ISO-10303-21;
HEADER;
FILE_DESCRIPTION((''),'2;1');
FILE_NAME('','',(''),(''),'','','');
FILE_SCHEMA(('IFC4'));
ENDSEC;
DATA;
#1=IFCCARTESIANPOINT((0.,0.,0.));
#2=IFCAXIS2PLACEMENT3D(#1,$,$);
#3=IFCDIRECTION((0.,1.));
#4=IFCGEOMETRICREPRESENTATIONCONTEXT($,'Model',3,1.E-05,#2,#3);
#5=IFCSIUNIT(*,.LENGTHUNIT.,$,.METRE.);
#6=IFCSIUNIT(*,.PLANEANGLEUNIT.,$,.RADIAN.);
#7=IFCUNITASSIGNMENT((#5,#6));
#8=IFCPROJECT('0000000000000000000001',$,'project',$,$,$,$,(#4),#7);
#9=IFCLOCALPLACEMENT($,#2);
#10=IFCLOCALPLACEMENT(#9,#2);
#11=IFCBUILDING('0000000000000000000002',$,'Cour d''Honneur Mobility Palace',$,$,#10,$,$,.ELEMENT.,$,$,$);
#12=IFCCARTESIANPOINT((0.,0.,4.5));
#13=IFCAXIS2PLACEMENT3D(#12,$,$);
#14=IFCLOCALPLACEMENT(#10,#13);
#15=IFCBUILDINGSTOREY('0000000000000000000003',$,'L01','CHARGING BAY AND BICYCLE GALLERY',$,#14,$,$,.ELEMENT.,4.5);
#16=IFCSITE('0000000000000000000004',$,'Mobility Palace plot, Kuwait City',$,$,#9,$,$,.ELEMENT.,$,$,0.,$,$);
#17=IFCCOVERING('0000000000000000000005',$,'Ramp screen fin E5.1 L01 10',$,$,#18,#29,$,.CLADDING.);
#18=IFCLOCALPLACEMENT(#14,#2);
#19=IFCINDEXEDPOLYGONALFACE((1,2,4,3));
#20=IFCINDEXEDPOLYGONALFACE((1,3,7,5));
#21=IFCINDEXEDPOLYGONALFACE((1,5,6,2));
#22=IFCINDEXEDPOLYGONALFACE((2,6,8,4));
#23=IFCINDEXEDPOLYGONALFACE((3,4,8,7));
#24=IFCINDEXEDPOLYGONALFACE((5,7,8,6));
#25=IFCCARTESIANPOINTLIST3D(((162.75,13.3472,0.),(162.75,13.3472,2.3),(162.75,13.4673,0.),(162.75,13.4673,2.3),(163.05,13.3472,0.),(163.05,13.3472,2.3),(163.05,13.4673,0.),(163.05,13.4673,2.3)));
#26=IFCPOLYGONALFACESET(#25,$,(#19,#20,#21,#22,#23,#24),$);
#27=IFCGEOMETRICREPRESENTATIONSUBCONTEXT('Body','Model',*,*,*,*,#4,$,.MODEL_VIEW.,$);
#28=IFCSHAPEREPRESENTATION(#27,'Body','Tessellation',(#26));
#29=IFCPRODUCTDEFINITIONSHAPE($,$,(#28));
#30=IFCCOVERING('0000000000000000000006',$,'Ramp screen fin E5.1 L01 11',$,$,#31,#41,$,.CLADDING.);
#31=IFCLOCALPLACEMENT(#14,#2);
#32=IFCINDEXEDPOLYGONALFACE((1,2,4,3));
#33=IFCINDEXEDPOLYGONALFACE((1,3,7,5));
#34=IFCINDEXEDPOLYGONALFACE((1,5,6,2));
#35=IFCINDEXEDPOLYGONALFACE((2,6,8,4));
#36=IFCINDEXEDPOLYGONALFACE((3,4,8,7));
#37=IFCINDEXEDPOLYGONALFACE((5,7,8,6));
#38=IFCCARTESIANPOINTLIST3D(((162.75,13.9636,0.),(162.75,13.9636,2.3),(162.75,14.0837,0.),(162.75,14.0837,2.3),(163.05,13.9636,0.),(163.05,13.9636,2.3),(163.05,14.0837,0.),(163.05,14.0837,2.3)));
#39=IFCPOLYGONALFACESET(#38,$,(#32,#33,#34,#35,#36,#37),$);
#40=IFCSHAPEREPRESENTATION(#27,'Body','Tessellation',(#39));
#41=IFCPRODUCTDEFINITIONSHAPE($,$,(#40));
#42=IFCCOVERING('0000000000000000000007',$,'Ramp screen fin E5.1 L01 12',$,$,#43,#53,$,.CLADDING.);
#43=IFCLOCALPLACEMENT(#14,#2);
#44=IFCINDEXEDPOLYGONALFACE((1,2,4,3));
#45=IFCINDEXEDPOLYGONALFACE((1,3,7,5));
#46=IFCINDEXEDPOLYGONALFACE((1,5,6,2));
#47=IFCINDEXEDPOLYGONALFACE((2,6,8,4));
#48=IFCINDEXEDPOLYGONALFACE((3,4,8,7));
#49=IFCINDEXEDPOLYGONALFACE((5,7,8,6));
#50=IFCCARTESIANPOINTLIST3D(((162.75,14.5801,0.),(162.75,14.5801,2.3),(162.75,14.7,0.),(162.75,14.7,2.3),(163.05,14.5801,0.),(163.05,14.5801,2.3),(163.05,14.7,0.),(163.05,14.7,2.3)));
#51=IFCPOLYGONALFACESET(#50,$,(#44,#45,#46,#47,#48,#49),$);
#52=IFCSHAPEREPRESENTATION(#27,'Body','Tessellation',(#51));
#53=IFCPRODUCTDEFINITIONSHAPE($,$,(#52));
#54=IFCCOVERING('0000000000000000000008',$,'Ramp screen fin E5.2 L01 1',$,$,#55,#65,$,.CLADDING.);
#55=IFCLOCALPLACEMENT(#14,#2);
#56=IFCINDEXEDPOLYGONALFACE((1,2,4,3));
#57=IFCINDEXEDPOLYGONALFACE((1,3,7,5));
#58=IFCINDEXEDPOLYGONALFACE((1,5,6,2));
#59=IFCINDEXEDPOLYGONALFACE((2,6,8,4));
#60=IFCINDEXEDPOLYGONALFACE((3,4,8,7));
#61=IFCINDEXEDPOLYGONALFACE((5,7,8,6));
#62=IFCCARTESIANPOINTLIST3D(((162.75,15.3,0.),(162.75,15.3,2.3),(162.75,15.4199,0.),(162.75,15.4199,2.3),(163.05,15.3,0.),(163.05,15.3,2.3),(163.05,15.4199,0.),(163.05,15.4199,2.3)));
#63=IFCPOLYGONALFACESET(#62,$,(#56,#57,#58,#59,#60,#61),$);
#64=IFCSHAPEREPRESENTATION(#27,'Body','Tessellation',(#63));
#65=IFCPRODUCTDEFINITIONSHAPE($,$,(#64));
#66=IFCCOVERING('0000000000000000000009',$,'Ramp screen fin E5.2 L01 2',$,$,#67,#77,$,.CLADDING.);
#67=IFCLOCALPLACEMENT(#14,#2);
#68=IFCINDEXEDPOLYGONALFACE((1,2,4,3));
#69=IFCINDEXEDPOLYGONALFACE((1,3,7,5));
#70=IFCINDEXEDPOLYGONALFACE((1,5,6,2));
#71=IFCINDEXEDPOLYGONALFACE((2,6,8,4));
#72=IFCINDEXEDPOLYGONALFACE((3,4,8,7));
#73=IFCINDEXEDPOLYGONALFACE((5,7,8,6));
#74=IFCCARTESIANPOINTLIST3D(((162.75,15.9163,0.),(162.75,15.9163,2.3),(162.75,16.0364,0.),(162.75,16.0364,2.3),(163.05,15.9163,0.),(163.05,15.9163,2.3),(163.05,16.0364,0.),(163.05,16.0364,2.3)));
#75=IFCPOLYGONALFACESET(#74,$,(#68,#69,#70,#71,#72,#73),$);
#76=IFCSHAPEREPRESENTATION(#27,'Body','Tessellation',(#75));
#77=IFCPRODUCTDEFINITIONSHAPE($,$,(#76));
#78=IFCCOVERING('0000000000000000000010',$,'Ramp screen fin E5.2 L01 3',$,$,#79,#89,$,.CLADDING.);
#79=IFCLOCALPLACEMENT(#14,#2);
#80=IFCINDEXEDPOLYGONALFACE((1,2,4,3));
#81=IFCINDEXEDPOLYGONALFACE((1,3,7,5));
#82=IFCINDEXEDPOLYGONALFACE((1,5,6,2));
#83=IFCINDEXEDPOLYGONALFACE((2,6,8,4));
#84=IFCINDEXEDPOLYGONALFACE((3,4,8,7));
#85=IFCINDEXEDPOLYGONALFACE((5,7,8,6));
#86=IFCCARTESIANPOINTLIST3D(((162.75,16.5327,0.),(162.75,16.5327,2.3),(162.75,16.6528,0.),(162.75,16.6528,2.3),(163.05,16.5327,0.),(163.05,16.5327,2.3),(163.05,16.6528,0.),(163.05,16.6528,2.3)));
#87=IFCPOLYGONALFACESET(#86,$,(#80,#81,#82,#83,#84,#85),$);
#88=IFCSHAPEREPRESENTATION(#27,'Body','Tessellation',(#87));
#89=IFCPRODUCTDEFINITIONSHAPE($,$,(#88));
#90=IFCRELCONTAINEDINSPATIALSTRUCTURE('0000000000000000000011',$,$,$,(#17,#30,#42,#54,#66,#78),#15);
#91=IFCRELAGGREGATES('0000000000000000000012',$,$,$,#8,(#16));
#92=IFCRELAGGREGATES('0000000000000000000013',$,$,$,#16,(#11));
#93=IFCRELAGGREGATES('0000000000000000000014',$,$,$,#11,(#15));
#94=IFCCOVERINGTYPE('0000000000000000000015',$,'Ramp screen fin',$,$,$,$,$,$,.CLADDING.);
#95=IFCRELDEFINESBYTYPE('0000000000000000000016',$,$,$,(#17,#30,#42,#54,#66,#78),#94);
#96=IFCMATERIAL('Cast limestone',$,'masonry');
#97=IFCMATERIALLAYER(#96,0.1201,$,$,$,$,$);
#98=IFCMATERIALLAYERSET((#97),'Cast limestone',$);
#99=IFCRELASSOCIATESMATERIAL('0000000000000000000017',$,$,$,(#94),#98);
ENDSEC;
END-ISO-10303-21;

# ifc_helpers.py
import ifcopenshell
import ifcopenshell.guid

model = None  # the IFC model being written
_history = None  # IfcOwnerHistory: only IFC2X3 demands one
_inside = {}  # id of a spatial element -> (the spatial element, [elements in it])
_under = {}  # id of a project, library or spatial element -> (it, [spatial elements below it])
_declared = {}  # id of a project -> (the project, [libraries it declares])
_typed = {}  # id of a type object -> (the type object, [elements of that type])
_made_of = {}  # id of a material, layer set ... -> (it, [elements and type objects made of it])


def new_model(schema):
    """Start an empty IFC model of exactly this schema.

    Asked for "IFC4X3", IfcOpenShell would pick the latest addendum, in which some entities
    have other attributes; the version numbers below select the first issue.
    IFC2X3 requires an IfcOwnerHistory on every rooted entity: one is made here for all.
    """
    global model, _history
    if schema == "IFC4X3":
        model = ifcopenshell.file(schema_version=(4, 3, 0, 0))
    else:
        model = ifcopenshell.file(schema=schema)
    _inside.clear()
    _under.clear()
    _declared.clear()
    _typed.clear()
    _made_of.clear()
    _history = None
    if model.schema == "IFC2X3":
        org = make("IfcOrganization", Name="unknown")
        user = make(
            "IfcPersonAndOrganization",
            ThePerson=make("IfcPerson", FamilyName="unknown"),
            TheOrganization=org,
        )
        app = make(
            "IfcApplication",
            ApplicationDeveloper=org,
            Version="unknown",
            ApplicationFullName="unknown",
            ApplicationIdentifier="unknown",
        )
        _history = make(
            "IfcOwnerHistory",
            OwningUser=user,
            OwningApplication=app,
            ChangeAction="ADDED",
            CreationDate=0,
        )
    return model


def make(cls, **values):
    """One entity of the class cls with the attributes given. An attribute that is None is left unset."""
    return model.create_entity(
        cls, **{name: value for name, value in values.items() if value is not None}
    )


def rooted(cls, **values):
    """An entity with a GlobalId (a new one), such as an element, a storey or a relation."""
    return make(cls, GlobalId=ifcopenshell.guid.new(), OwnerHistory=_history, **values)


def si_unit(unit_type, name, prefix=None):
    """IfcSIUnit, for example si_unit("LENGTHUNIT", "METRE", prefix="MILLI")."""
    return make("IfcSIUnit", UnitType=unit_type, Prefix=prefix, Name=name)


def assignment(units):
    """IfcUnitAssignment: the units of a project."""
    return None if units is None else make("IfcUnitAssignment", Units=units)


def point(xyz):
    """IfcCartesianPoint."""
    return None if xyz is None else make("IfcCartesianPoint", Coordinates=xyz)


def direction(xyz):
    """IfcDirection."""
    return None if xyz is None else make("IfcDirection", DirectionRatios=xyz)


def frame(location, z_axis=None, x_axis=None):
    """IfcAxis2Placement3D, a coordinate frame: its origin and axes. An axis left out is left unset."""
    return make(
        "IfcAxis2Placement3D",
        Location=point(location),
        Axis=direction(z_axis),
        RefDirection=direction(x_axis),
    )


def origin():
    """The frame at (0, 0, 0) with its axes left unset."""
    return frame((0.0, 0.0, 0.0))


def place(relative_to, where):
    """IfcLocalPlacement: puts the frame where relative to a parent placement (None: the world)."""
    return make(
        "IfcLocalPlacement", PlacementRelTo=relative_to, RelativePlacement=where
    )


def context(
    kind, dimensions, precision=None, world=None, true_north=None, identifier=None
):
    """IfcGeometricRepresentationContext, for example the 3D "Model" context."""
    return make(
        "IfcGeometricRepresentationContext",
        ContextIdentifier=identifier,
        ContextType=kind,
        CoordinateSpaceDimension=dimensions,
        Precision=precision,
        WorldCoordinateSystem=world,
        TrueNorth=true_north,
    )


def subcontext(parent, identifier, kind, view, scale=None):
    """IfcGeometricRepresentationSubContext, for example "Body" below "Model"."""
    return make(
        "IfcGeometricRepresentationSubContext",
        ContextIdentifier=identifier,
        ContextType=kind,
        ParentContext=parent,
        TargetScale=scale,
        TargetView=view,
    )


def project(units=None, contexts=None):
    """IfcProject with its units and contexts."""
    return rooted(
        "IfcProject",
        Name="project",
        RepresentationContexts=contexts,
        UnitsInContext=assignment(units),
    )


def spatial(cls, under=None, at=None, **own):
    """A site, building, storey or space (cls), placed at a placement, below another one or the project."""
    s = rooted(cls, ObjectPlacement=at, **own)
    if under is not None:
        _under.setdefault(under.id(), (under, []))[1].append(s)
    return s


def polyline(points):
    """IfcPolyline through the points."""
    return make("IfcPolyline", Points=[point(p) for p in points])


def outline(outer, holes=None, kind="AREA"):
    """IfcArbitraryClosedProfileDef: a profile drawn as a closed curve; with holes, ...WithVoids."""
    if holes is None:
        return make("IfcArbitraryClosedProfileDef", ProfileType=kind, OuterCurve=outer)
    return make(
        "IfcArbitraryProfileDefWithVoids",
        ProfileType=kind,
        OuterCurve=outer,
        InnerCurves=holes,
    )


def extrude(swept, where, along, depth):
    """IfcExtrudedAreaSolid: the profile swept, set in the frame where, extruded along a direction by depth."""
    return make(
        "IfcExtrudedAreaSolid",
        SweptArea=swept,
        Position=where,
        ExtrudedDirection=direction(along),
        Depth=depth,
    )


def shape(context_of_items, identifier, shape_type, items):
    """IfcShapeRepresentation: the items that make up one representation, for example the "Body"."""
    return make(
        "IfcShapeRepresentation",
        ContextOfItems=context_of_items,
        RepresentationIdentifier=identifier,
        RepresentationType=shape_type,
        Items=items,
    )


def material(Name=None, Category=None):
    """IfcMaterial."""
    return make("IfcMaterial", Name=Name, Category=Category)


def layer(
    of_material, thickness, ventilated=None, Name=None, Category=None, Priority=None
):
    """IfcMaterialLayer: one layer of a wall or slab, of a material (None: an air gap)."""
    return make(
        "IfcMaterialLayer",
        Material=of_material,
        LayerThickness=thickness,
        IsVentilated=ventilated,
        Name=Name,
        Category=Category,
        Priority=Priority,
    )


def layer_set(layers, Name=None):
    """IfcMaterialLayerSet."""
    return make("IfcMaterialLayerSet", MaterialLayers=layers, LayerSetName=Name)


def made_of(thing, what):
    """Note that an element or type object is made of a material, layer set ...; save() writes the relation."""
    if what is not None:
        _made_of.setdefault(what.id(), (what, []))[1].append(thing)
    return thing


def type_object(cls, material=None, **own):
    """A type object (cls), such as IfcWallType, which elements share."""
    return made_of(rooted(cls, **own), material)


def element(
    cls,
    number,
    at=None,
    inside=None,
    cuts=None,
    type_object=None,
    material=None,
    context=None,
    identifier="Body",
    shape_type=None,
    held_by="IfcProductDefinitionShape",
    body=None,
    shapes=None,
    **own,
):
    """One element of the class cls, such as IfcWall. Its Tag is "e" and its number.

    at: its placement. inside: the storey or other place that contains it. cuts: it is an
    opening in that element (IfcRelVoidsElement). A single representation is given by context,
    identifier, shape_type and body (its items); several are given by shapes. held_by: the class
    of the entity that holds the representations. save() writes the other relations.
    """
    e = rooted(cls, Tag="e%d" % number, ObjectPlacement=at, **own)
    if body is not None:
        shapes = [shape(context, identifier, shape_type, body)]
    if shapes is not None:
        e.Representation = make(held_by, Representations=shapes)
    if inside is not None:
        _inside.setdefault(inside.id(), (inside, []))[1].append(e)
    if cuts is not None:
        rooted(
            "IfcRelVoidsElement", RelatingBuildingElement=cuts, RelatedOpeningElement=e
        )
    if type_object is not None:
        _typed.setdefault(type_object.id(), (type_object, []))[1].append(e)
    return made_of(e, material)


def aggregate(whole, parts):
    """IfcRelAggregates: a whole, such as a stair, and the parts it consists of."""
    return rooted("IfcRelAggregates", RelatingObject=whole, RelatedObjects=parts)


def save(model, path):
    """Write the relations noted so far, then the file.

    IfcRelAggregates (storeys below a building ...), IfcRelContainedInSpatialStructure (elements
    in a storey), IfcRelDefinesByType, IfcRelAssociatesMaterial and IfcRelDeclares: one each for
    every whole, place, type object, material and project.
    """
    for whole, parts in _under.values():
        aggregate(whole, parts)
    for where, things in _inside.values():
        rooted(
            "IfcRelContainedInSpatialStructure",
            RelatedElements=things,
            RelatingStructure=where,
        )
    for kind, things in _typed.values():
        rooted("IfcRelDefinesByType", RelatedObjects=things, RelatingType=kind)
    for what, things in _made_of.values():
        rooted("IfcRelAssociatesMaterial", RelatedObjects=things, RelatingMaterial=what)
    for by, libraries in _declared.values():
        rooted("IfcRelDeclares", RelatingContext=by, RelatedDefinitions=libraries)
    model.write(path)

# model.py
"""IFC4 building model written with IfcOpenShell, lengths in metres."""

from ifc_helpers import new_model, si_unit, direction, frame, origin, place, context, subcontext, project, spatial, polyline, outline, extrude, material, layer, layer_set, type_object, element, save


model = new_model("IFC4")

# Units and contexts
model_context = context("Model", 3, precision=1e-05, world=origin(), true_north=direction((0.0, 1.0)))
body_context = subcontext(model_context, "Body", "Model", "MODEL_VIEW")
ifc_project = project(units=[si_unit("LENGTHUNIT", "METRE"), si_unit("PLANEANGLEUNIT", "RADIAN")], contexts=[model_context])

# Site, building, storey
site_placement = place(None, origin())
site = spatial("IfcSite", under=ifc_project, at=site_placement, Name="Mobility Palace plot, Kuwait City", CompositionType="ELEMENT", RefElevation=0.0)
building_placement = place(site_placement, origin())
building = spatial("IfcBuilding", under=site, at=building_placement, Name="Cour d'Honneur Mobility Palace", CompositionType="ELEMENT")
storey_placement = place(building_placement, frame((0.0, 0.0, 4.5)))
storey = spatial("IfcBuildingStorey", under=building, at=storey_placement, Name="L01", Description="CHARGING BAY AND BICYCLE GALLERY", CompositionType="ELEMENT", Elevation=4.5)

# Coverings
ifc_material = material(Name="Cast limestone", Category="masonry")
ifc_layer = layer(ifc_material, 0.1201)
ifc_layer_set = layer_set([ifc_layer], Name="Cast limestone")
covering_type = type_object("IfcCoveringType", Name="Ramp screen fin", PredefinedType="CLADDING", material=ifc_layer_set)
covering_1_placement = place(storey_placement, origin())
element("IfcCovering", 1, at=covering_1_placement, inside=storey, type_object=covering_type, Name="Ramp screen fin E5.1 L01 10", PredefinedType="CLADDING", context=body_context, shape_type="SweptSolid", body=[
    extrude(outline(polyline([(162.75, 13.3472), (162.75, 13.4673), (163.05, 13.4673), (163.05, 13.3472), (162.75, 13.3472)])), origin(), (0.0, 0.0, 1.0), 2.3),
])
covering_2_placement = place(storey_placement, origin())
element("IfcCovering", 2, at=covering_2_placement, inside=storey, type_object=covering_type, Name="Ramp screen fin E5.1 L01 11", PredefinedType="CLADDING", context=body_context, shape_type="SweptSolid", body=[
    extrude(outline(polyline([(162.75, 13.9636), (162.75, 14.0837), (163.05, 14.0837), (163.05, 13.9636), (162.75, 13.9636)])), origin(), (0.0, 0.0, 1.0), 2.3),
])
covering_3_placement = place(storey_placement, origin())
element("IfcCovering", 3, at=covering_3_placement, inside=storey, type_object=covering_type, Name="Ramp screen fin E5.1 L01 12", PredefinedType="CLADDING", context=body_context, shape_type="SweptSolid", body=[
    extrude(outline(polyline([(162.75, 14.5801), (162.75, 14.7), (163.05, 14.7), (163.05, 14.5801), (162.75, 14.5801)])), origin(), (0.0, 0.0, 1.0), 2.3),
])
covering_4_placement = place(storey_placement, origin())
element("IfcCovering", 4, at=covering_4_placement, inside=storey, type_object=covering_type, Name="Ramp screen fin E5.2 L01 1", PredefinedType="CLADDING", context=body_context, shape_type="SweptSolid", body=[
    extrude(outline(polyline([(162.75, 15.3), (162.75, 15.4199), (163.05, 15.4199), (163.05, 15.3), (162.75, 15.3)])), origin(), (0.0, 0.0, 1.0), 2.3),
])
covering_5_placement = place(storey_placement, origin())
element("IfcCovering", 5, at=covering_5_placement, inside=storey, type_object=covering_type, Name="Ramp screen fin E5.2 L01 2", PredefinedType="CLADDING", context=body_context, shape_type="SweptSolid", body=[
    extrude(outline(polyline([(162.75, 15.9163), (162.75, 16.0364), (163.05, 16.0364), (163.05, 15.9163), (162.75, 15.9163)])), origin(), (0.0, 0.0, 1.0), 2.3),
])
covering_6_placement = place(storey_placement, origin())
element("IfcCovering", 6, at=covering_6_placement, inside=storey, type_object=covering_type, Name="Ramp screen fin E5.2 L01 3", PredefinedType="CLADDING", context=body_context, shape_type="SweptSolid", body=[
    extrude(outline(polyline([(162.75, 16.5327), (162.75, 16.6528), (163.05, 16.6528), (163.05, 16.5327), (162.75, 16.5327)])), origin(), (0.0, 0.0, 1.0), 2.3),
])

save(model, "model.ifc")
